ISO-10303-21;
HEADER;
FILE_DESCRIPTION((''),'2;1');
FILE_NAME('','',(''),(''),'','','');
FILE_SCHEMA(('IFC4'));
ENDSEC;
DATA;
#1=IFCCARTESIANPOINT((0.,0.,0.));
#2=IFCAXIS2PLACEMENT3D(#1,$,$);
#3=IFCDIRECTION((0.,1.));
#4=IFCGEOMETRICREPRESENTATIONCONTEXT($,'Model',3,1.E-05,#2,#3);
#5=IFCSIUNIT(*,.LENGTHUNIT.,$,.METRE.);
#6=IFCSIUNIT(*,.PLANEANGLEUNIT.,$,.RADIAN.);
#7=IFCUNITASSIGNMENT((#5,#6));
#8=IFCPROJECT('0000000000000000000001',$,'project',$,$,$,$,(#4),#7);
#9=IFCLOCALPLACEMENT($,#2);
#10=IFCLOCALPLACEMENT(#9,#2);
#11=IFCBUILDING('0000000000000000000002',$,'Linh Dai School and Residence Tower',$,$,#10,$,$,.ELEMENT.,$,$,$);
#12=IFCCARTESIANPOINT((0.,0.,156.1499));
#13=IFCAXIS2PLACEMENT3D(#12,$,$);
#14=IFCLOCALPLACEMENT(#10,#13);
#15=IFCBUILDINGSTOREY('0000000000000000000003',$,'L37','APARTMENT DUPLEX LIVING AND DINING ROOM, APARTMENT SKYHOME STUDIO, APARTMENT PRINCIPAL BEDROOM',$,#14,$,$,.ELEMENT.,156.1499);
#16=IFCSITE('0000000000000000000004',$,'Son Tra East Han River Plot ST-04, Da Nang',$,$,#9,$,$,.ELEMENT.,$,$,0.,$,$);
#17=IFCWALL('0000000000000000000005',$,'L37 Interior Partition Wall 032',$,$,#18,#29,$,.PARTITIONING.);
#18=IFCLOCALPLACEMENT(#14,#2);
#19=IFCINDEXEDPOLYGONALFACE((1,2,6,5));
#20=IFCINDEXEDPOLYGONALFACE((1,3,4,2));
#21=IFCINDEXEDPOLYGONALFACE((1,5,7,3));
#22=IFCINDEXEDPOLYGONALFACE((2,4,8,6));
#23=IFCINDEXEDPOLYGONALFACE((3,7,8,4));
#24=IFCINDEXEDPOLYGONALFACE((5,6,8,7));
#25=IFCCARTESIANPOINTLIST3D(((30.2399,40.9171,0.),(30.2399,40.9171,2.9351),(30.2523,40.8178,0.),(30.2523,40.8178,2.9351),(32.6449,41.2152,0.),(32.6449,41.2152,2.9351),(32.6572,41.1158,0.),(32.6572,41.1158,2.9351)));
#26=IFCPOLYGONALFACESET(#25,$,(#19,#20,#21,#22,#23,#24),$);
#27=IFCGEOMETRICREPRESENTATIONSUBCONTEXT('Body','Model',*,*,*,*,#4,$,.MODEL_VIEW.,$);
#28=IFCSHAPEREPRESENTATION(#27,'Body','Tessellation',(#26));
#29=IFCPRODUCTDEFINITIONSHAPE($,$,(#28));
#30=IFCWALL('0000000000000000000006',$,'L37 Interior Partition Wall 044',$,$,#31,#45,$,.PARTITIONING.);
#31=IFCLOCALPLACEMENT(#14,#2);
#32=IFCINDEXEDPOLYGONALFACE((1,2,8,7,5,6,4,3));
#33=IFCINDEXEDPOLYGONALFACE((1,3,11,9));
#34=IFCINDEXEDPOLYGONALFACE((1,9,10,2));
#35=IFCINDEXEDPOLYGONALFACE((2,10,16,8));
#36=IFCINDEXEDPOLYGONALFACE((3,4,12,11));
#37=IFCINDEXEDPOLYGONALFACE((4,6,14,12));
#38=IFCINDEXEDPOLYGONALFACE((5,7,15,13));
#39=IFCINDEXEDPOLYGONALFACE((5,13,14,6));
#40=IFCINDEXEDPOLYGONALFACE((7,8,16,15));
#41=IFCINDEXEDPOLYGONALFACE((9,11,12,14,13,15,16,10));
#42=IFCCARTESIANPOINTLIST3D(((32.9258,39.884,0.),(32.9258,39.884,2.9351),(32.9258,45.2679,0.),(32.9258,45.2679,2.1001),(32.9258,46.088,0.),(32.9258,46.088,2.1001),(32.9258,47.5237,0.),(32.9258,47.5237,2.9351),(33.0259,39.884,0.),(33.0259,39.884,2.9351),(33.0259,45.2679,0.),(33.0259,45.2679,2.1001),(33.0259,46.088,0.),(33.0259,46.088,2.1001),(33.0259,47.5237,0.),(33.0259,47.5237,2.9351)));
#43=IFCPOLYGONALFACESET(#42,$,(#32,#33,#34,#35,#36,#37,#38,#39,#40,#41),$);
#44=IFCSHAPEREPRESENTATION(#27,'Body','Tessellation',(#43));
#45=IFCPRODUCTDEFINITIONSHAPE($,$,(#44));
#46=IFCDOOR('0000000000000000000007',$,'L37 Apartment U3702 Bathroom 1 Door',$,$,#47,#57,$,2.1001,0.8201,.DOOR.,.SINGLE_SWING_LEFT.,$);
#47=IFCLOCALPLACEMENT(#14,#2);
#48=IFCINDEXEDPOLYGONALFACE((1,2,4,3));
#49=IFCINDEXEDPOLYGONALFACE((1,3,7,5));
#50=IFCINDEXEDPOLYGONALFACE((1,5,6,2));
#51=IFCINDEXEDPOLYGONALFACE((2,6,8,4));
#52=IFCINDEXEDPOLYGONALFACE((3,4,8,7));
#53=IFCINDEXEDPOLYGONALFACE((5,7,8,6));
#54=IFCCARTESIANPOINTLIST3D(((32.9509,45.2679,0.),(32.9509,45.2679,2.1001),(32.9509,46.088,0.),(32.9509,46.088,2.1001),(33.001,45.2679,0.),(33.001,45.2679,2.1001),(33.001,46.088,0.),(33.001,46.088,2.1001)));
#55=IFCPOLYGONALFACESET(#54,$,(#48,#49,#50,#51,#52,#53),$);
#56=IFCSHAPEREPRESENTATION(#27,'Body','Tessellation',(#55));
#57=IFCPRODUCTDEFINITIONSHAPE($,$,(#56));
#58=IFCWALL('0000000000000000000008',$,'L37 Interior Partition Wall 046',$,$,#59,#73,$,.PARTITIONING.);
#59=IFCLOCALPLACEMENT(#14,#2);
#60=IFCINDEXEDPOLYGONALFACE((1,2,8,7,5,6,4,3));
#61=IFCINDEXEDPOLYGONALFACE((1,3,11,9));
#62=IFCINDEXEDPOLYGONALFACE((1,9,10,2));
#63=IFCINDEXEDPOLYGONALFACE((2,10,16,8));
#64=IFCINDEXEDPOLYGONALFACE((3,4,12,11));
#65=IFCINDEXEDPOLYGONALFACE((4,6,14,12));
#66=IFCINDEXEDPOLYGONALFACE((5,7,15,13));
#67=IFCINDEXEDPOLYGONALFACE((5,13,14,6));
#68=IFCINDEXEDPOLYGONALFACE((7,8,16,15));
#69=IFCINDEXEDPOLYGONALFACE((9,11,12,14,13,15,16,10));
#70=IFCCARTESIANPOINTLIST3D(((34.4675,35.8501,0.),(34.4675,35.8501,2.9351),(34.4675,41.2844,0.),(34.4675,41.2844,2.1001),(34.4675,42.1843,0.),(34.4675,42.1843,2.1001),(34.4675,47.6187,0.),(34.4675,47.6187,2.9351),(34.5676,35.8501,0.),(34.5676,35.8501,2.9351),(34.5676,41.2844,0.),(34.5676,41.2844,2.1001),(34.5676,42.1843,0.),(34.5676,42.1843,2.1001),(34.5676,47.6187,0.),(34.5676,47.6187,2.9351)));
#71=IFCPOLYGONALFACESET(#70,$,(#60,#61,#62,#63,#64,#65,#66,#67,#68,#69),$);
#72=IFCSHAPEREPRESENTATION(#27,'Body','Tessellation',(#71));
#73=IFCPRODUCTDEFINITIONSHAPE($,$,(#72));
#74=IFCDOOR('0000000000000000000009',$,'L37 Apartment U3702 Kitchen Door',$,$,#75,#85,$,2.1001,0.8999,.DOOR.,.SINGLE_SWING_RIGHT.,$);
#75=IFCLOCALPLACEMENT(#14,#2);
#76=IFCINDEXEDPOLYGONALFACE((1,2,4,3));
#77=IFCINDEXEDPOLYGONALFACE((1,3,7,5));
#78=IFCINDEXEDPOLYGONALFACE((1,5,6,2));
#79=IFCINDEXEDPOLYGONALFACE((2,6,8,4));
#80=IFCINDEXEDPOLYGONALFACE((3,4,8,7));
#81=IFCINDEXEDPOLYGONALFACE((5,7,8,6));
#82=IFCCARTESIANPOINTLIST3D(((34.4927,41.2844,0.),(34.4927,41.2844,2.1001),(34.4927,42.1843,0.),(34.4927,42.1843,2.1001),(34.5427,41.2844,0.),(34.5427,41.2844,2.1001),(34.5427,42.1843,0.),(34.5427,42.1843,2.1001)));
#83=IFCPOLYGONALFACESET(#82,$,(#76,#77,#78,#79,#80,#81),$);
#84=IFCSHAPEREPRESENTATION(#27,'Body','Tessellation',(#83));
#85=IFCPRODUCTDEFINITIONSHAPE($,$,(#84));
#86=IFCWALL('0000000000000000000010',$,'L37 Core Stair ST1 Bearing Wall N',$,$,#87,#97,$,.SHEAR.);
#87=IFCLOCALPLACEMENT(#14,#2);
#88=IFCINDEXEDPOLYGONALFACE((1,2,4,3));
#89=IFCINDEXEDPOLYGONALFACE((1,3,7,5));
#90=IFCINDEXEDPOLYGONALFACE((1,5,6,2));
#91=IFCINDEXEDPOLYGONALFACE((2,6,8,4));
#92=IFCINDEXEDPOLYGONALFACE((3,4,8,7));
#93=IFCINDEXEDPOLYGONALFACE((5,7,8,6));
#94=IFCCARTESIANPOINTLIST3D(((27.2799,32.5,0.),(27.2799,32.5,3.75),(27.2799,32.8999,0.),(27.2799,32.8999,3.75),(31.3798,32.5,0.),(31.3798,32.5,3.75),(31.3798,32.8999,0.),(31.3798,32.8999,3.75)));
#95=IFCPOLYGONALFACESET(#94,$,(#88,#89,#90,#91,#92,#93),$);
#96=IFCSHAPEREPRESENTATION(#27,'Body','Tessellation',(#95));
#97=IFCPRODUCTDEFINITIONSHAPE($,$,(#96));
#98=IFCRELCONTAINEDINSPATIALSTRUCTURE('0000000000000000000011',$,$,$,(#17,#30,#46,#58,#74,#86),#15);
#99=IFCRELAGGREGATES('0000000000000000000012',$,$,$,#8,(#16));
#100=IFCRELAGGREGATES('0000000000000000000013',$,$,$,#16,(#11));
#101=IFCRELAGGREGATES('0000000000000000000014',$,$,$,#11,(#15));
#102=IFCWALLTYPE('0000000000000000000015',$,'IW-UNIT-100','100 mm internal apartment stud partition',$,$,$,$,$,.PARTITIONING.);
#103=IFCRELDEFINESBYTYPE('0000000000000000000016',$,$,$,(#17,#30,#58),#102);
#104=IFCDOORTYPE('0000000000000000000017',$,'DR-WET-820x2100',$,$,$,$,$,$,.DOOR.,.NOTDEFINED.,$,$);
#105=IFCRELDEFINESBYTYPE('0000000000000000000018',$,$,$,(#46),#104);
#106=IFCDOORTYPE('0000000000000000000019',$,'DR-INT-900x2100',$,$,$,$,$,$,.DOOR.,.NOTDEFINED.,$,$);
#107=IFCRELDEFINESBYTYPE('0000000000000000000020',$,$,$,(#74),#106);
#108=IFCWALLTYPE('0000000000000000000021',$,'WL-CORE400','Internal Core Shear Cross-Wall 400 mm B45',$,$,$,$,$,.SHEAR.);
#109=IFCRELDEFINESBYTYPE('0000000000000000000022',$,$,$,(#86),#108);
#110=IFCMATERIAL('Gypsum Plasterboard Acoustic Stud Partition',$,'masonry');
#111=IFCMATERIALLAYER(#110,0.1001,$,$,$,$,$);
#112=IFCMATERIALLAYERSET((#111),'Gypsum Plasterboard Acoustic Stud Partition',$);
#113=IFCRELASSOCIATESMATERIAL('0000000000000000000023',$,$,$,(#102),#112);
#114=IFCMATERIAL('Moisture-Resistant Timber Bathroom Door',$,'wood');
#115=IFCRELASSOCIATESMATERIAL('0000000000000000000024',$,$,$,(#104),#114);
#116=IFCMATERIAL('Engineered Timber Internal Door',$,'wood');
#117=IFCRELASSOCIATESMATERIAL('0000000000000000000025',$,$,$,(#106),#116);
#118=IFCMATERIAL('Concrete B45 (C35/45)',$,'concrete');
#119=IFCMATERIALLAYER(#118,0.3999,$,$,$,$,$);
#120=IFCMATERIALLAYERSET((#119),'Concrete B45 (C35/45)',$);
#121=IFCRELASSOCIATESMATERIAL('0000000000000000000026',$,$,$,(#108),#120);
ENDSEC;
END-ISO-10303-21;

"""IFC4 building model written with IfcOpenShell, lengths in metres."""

from ifc_helpers import new_model, si_unit, direction, frame, frame_2d, origin, origin_2d, place, context, subcontext, project, spatial, rectangle, extrude, source, transform, mapped, material, layer, layer_set, type_object, element, fill, save


model = new_model("IFC4")

# Units and contexts
model_context = context("Model", 3, precision=1e-05, world=origin(), true_north=direction((0.0, 1.0)))
body_context = subcontext(model_context, "Body", "Model", "MODEL_VIEW")
ifc_project = project(units=[si_unit("LENGTHUNIT", "METRE"), si_unit("PLANEANGLEUNIT", "RADIAN")], contexts=[model_context])

# Site, building, storey
site_placement = place(None, origin())
site = spatial("IfcSite", under=ifc_project, at=site_placement, Name="Son Tra East Han River Plot ST-04, Da Nang", CompositionType="ELEMENT", RefElevation=0.0)
building_placement = place(site_placement, origin())
building = spatial("IfcBuilding", under=site, at=building_placement, Name="Linh Dai School and Residence Tower", CompositionType="ELEMENT")
storey_placement = place(building_placement, frame((0.0, 0.0, 156.1499)))
storey = spatial("IfcBuildingStorey", under=building, at=storey_placement, Name="L37", Description="APARTMENT DUPLEX LIVING AND DINING ROOM, APARTMENT SKYHOME STUDIO, APARTMENT PRINCIPAL BEDROOM", CompositionType="ELEMENT", Elevation=156.1499)

# Wall
ifc_material_1 = material(Name="Gypsum Plasterboard Acoustic Stud Partition", Category="masonry")
ifc_layer_1 = layer(ifc_material_1, 0.1001)
ifc_layer_set_1 = layer_set([ifc_layer_1], Name="Gypsum Plasterboard Acoustic Stud Partition")
wall_type_1 = type_object("IfcWallType", Name="IW-UNIT-100", Description="100 mm internal apartment stud partition", PredefinedType="PARTITIONING", material=ifc_layer_set_1)
wall_1_placement = place(storey_placement, frame((30.2461, 40.8674, 0.0), z_axis=(0.0, 0.0, 1.0), x_axis=(0.992406, 0.123006, 0.0)))
element("IfcWall", 1, at=wall_1_placement, inside=storey, type_object=wall_type_1, Name="L37 Interior Partition Wall 032", PredefinedType="PARTITIONING", context=body_context, shape_type="SweptSolid", body=[
    extrude(rectangle(XDim=2.4233, YDim=0.1001, at=frame_2d((1.2117, 0.0))), origin(), (0.0, 0.0, 1.0), 2.9351),
])

# Walls, openings, doors
wall_2_placement = place(storey_placement, frame((32.9758, 39.884, 0.0), z_axis=(0.0, 0.0, 1.0), x_axis=(0.0, 1.0, 0.0)))
wall_2 = element("IfcWall", 2, at=wall_2_placement, inside=storey, type_object=wall_type_1, Name="L37 Interior Partition Wall 044", PredefinedType="PARTITIONING", context=body_context, shape_type="SweptSolid", body=[
    extrude(rectangle(XDim=7.6396, YDim=0.1001, at=frame_2d((3.8198, 0.0))), origin(), (0.0, 0.0, 1.0), 2.9351),
])
opening_1_placement = place(wall_2_placement, frame((5.3838, 0.0, 0.0)))
opening_1 = element("IfcOpeningElement", 3, at=opening_1_placement, cuts=wall_2, PredefinedType="OPENING", context=body_context, shape_type="SweptSolid", body=[
    extrude(rectangle(XDim=0.8201, YDim=2.1001, at=origin_2d()), frame((0.4102, 0.0601, 1.05), z_axis=(0.0, -1.0, 0.0), x_axis=(1.0, 0.0, 0.0)), (0.0, 0.0, 1.0), 0.1201),
])
ifc_material_2 = material(Name="Moisture-Resistant Timber Bathroom Door", Category="wood")
door_type_1 = type_object("IfcDoorType", Name="DR-WET-820x2100", OperationType="NOTDEFINED", PredefinedType="DOOR", material=ifc_material_2)
shared_shape_1 = source(origin(), body_context, "Body", "SweptSolid", [
    extrude(rectangle(XDim=0.8201, YDim=2.1001, at=origin_2d()), frame((0.4102, 0.0249, 1.05), z_axis=(0.0, -1.0, 0.0), x_axis=(1.0, 0.0, 0.0)), (0.0, 0.0, 1.0), 0.05),
])
door_1_placement = place(opening_1_placement, origin())
door_1 = element("IfcDoor", 4, at=door_1_placement, inside=storey, type_object=door_type_1, Name="L37 Apartment U3702 Bathroom 1 Door", OperationType="SINGLE_SWING_LEFT", OverallHeight=2.1001, OverallWidth=0.8201, PredefinedType="DOOR", context=body_context, shape_type="MappedRepresentation", body=[
    mapped(shared_shape_1, transform((0.0, 0.0, 0.0), x_axis=(1.0, 0.0, 0.0), y_axis=(0.0, 1.0, 0.0), z_axis=(0.0, 0.0, 1.0), scale=1.0)),
])
fill(opening_1, door_1)
wall_3_placement = place(storey_placement, frame((34.5176, 35.8501, 0.0), z_axis=(0.0, 0.0, 1.0), x_axis=(0.0, 1.0, 0.0)))
wall_3 = element("IfcWall", 5, at=wall_3_placement, inside=storey, type_object=wall_type_1, Name="L37 Interior Partition Wall 046", PredefinedType="PARTITIONING", context=body_context, shape_type="SweptSolid", body=[
    extrude(rectangle(XDim=11.7686, YDim=0.1001, at=frame_2d((5.8843, 0.0))), origin(), (0.0, 0.0, 1.0), 2.9351),
])
opening_2_placement = place(wall_3_placement, frame((5.4343, 0.0, 0.0)))
opening_2 = element("IfcOpeningElement", 6, at=opening_2_placement, cuts=wall_3, PredefinedType="OPENING", context=body_context, shape_type="SweptSolid", body=[
    extrude(rectangle(XDim=0.8999, YDim=2.1001, at=origin_2d()), frame((0.45, 0.0601, 1.05), z_axis=(0.0, -1.0, 0.0), x_axis=(1.0, 0.0, 0.0)), (0.0, 0.0, 1.0), 0.1201),
])
ifc_material_3 = material(Name="Engineered Timber Internal Door", Category="wood")
door_type_2 = type_object("IfcDoorType", Name="DR-INT-900x2100", OperationType="NOTDEFINED", PredefinedType="DOOR", material=ifc_material_3)
shared_shape_2 = source(origin(), body_context, "Body", "SweptSolid", [
    extrude(rectangle(XDim=0.8999, YDim=2.1001, at=origin_2d()), frame((0.45, 0.0249, 1.05), z_axis=(0.0, -1.0, 0.0), x_axis=(1.0, 0.0, 0.0)), (0.0, 0.0, 1.0), 0.05),
])
door_2_placement = place(opening_2_placement, origin())
door_2 = element("IfcDoor", 7, at=door_2_placement, inside=storey, type_object=door_type_2, Name="L37 Apartment U3702 Kitchen Door", OperationType="SINGLE_SWING_RIGHT", OverallHeight=2.1001, OverallWidth=0.8999, PredefinedType="DOOR", context=body_context, shape_type="MappedRepresentation", body=[
    mapped(shared_shape_2, transform((0.0, 0.0, 0.0), x_axis=(1.0, 0.0, 0.0), y_axis=(0.0, 1.0, 0.0), z_axis=(0.0, 0.0, 1.0), scale=1.0)),
])
fill(opening_2, door_2)

# Wall
ifc_material_4 = material(Name="Concrete B45 (C35/45)", Category="concrete")
ifc_layer_2 = layer(ifc_material_4, 0.3999)
ifc_layer_set_2 = layer_set([ifc_layer_2], Name="Concrete B45 (C35/45)")
wall_type_2 = type_object("IfcWallType", Name="WL-CORE400", Description="Internal Core Shear Cross-Wall 400 mm B45", PredefinedType="SHEAR", material=ifc_layer_set_2)
wall_4_placement = place(storey_placement, frame((27.28, 32.7, 0.0), z_axis=(0.0, 0.0, 1.0), x_axis=(1.0, 0.0, 0.0)))
element("IfcWall", 8, at=wall_4_placement, inside=storey, type_object=wall_type_2, Name="L37 Core Stair ST1 Bearing Wall N", PredefinedType="SHEAR", context=body_context, shape_type="SweptSolid", body=[
    extrude(rectangle(XDim=4.0999, YDim=0.3999, at=frame_2d((2.0498, 0.0))), origin(), (0.0, 0.0, 1.0), 3.75),
])

save(model, "model.ifc")
